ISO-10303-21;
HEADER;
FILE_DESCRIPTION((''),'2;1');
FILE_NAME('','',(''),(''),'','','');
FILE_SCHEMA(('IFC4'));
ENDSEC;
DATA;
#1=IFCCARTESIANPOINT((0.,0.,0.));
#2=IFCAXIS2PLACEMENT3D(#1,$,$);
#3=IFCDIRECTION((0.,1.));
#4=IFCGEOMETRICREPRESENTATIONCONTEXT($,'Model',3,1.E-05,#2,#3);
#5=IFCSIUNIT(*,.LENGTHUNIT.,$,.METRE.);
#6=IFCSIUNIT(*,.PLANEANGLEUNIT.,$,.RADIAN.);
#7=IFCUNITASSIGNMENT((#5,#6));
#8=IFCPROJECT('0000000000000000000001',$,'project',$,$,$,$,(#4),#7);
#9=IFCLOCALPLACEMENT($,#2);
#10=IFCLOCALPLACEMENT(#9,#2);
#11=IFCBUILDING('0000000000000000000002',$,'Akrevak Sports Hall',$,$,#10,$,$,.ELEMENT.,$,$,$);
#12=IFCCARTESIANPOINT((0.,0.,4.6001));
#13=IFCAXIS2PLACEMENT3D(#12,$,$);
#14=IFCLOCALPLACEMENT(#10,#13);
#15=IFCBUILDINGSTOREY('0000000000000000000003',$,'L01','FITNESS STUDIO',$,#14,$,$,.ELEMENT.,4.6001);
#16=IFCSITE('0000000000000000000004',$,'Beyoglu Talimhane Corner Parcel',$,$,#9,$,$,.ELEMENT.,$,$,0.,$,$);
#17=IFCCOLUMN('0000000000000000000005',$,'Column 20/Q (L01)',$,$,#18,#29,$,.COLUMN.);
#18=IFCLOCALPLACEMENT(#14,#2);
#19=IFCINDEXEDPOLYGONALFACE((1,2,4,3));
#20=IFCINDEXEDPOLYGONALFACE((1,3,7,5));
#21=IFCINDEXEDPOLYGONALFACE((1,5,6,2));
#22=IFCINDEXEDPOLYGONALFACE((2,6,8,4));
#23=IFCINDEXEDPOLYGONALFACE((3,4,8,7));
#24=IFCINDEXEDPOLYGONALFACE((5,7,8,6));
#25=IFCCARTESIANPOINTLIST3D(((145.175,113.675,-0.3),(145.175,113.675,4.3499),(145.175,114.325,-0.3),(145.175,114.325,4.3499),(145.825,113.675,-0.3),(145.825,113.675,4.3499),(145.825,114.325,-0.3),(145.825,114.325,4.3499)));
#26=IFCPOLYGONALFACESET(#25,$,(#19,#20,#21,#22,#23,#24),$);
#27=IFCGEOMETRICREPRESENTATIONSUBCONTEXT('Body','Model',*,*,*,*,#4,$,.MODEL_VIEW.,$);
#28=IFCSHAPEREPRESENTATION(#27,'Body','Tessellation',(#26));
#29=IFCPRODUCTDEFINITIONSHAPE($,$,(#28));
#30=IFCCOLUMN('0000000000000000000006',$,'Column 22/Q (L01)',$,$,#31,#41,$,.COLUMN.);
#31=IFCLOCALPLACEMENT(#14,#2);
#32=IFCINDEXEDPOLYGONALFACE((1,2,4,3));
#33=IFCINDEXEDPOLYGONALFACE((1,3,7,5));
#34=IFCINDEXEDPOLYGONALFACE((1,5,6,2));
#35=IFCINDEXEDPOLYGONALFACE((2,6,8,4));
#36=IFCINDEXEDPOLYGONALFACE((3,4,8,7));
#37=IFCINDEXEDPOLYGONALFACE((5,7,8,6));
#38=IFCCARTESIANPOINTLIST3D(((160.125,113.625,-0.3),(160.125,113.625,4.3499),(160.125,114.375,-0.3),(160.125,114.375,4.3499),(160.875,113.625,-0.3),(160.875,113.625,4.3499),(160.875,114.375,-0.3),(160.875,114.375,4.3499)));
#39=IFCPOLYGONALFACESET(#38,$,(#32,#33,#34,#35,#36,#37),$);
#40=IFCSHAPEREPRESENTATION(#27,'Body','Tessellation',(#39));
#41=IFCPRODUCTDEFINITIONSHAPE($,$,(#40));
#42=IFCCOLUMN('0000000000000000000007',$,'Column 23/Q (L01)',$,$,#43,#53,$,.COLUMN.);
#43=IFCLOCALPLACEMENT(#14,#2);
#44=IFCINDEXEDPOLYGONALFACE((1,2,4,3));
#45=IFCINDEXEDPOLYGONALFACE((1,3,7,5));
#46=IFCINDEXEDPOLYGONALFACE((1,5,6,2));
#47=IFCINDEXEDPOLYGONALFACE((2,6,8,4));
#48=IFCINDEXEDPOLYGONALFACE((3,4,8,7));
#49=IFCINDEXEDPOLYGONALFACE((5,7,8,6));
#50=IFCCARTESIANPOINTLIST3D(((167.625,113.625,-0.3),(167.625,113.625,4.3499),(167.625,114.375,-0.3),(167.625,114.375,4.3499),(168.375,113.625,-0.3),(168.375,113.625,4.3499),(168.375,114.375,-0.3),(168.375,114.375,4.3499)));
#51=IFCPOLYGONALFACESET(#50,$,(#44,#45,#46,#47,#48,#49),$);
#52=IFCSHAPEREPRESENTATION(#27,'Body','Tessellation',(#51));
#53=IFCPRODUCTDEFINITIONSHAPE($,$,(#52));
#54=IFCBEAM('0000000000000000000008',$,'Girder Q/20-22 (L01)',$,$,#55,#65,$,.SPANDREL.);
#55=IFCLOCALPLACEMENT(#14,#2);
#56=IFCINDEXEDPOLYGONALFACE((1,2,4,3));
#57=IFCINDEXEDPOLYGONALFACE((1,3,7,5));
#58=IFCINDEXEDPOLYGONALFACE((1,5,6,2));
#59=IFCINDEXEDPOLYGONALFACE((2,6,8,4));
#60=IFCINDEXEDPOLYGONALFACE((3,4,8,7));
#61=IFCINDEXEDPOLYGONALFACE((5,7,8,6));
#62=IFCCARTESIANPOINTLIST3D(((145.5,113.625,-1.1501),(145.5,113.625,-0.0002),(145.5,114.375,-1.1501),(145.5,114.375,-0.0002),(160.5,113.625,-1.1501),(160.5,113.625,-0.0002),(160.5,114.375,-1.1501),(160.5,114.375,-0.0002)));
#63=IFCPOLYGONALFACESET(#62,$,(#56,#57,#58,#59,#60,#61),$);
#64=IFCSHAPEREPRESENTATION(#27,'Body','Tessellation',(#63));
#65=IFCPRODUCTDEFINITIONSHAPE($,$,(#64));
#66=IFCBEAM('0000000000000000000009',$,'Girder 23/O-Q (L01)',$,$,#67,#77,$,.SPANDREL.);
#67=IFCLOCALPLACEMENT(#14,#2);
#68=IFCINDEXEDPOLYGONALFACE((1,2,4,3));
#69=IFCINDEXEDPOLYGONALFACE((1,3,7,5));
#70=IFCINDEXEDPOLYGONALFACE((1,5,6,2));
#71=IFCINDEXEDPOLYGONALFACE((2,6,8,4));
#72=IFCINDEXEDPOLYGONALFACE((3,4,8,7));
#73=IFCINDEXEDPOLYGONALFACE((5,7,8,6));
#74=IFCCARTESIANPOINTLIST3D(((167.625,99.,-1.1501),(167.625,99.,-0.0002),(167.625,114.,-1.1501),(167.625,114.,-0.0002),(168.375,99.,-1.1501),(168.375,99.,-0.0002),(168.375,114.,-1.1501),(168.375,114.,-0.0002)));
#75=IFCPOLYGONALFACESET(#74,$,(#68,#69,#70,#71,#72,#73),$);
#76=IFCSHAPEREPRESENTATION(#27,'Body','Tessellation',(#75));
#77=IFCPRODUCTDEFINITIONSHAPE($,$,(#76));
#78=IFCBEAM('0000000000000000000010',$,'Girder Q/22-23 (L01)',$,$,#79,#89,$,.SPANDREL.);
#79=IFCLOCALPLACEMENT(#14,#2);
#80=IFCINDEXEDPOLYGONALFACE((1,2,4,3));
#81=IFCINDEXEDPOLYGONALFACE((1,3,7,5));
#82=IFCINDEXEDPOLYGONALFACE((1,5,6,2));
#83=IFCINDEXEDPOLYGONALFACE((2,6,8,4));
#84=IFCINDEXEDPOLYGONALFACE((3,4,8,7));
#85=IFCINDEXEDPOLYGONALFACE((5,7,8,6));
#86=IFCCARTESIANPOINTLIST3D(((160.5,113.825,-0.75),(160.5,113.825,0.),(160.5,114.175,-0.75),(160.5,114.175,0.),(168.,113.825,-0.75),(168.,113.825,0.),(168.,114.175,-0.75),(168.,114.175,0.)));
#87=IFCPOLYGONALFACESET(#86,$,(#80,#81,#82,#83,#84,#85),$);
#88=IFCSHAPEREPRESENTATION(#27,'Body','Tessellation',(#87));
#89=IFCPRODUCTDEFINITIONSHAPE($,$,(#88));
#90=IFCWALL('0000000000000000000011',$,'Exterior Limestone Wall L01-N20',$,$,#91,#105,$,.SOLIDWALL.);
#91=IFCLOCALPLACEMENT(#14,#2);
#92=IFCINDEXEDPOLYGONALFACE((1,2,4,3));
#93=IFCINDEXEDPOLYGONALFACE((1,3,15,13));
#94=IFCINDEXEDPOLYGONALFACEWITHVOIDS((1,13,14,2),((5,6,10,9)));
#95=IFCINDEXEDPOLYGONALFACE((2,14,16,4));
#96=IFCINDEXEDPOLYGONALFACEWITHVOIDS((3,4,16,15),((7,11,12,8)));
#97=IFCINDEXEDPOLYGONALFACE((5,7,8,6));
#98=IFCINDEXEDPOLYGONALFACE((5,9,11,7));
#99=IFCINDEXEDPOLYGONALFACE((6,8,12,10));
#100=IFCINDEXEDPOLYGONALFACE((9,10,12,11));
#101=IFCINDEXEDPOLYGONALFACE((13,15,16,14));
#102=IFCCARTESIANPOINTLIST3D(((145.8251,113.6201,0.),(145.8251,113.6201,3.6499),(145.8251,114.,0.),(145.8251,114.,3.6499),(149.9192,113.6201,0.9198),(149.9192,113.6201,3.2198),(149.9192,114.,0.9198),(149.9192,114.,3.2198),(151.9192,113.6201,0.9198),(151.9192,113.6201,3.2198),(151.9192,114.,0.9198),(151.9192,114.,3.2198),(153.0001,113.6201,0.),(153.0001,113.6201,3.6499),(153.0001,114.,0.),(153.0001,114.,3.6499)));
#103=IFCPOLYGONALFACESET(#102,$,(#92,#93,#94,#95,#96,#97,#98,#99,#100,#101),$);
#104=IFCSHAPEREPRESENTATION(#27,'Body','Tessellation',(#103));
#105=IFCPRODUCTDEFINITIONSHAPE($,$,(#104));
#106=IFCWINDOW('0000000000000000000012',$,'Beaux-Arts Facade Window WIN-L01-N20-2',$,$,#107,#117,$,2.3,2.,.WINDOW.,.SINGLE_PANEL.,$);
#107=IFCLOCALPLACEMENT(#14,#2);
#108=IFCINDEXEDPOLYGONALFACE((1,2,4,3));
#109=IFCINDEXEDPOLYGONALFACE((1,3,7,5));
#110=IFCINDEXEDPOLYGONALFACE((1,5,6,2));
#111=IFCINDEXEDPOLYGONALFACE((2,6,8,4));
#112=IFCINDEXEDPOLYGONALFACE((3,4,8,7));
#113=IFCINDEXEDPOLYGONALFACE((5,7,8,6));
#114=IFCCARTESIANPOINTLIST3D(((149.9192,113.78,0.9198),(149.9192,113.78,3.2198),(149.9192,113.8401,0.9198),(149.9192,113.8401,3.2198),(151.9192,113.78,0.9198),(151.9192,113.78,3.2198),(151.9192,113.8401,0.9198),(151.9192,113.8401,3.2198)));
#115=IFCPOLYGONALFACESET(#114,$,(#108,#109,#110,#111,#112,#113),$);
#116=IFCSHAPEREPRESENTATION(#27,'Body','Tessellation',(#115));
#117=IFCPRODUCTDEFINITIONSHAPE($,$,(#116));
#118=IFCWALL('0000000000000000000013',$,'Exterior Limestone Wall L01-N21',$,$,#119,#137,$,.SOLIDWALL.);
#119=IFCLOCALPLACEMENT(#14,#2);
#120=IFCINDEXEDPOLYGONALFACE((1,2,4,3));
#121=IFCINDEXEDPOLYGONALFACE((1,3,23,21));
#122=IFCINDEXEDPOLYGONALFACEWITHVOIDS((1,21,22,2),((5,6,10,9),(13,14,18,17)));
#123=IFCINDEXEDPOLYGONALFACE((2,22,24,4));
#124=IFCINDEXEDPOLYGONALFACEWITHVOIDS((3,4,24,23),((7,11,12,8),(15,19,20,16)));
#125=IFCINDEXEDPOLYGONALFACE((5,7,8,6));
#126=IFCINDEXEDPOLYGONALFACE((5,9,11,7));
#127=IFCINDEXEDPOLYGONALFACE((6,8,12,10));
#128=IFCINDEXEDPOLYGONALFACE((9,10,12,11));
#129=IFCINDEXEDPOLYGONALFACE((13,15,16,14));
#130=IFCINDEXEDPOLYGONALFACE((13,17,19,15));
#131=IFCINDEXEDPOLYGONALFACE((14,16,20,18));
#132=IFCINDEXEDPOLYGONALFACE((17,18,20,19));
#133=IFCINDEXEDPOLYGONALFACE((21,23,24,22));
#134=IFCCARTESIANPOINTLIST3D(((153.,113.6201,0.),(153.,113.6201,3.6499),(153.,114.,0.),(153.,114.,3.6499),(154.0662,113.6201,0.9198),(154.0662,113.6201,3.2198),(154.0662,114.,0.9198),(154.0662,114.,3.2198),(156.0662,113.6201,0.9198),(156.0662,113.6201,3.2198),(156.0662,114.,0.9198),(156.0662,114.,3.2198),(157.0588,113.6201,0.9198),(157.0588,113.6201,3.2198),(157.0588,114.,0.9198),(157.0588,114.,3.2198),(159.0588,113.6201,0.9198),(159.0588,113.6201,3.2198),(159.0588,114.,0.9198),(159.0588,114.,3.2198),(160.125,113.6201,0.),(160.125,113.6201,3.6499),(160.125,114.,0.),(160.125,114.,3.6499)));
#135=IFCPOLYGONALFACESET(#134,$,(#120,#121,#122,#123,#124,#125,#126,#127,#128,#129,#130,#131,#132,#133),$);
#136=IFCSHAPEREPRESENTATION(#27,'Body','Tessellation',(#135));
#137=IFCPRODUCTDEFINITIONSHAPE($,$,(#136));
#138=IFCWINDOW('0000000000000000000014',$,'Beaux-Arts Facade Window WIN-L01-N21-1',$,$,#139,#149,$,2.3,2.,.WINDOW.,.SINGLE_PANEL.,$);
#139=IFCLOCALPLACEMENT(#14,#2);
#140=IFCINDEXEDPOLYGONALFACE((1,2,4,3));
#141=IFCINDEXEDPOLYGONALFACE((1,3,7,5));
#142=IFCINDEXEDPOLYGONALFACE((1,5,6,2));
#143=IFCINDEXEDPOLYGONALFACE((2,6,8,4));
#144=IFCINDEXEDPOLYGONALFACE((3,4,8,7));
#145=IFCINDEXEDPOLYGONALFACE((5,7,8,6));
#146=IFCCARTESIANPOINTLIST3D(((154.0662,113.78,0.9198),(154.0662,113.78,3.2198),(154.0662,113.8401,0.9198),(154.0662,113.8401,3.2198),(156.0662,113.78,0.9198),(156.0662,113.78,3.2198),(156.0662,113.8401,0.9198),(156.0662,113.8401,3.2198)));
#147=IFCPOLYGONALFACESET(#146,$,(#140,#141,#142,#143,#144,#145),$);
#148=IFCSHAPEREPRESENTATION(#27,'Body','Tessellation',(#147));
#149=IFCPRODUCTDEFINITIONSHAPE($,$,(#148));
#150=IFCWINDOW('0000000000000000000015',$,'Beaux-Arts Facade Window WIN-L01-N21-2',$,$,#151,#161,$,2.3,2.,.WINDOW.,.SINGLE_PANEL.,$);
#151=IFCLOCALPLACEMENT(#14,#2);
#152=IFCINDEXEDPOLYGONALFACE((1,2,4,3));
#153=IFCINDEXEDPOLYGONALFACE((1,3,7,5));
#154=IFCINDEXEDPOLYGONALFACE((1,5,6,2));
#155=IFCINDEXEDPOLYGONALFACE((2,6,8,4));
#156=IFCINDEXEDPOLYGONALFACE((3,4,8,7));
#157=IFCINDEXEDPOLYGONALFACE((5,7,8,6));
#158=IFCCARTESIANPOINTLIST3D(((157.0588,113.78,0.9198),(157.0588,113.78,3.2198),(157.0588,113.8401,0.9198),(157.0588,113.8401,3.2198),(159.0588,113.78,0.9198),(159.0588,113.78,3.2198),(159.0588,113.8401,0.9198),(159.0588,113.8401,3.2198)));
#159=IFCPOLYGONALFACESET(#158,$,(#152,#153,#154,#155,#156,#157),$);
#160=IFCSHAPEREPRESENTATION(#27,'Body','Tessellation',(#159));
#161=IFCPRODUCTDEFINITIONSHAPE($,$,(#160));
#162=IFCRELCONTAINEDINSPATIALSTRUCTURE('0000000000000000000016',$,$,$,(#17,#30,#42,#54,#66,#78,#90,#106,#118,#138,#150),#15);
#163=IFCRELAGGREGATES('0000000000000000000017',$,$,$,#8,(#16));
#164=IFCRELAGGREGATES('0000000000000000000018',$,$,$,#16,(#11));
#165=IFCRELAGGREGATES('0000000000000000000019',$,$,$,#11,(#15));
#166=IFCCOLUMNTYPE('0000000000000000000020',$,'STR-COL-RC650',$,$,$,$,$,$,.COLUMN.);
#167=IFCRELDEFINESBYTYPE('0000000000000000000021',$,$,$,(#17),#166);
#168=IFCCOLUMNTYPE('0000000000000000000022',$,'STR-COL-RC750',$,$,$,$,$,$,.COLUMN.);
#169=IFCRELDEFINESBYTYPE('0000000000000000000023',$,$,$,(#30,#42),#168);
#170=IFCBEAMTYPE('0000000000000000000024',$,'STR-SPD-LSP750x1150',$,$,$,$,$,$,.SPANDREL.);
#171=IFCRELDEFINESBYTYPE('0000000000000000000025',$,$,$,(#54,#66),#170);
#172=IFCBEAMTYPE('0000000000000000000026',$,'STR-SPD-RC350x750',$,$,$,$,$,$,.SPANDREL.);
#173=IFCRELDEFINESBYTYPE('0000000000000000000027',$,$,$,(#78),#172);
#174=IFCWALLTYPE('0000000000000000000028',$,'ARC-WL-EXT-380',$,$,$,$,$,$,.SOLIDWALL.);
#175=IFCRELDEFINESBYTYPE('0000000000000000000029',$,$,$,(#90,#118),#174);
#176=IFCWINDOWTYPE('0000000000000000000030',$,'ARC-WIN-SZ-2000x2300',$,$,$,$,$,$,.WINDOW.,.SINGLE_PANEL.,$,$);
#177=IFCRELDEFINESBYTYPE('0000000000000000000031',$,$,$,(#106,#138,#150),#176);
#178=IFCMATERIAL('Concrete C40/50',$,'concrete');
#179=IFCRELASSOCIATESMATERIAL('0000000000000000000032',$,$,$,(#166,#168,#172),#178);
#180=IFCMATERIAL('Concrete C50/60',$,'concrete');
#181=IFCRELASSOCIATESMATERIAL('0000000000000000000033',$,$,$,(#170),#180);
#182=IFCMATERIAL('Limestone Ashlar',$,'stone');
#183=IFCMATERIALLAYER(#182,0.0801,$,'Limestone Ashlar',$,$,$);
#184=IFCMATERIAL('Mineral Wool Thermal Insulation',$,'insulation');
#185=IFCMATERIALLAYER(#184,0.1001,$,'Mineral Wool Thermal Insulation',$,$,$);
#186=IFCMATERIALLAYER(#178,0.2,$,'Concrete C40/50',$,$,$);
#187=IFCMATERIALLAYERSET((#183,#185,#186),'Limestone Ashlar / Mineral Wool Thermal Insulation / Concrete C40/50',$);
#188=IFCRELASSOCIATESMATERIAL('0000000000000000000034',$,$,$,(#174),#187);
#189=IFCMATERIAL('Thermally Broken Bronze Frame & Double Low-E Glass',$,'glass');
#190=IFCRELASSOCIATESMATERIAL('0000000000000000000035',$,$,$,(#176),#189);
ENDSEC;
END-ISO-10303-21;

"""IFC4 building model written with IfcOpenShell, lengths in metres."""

from ifc_helpers import new_model, si_unit, direction, frame, frame_2d, origin, origin_2d, place, context, subcontext, project, spatial, rectangle, extrude, material, layer, layer_set, material_profile, profile_set, type_object, element, fill, save


model = new_model("IFC4")

# Units and contexts
model_context = context("Model", 3, precision=1e-05, world=origin(), true_north=direction((0.0, 1.0)))
body_context = subcontext(model_context, "Body", "Model", "MODEL_VIEW")
ifc_project = project(units=[si_unit("LENGTHUNIT", "METRE"), si_unit("PLANEANGLEUNIT", "RADIAN")], contexts=[model_context])

# Site, building, storey
site_placement = place(None, origin())
site = spatial("IfcSite", under=ifc_project, at=site_placement, Name="Beyoglu Talimhane Corner Parcel", CompositionType="ELEMENT", RefElevation=0.0)
building_placement = place(site_placement, origin())
building = spatial("IfcBuilding", under=site, at=building_placement, Name="Akrevak Sports Hall", CompositionType="ELEMENT")
storey_placement = place(building_placement, frame((0.0, 0.0, 4.6001)))
storey = spatial("IfcBuildingStorey", under=building, at=storey_placement, Name="L01", Description="FITNESS STUDIO", CompositionType="ELEMENT", Elevation=4.6001)

# Columns
ifc_material_1 = material(Name="Concrete C40/50", Category="concrete")
ifc_material_profile_1 = material_profile(ifc_material_1, rectangle(XDim=0.6499, YDim=0.6499, at=origin_2d()), Name="RC 650x650", Category="concrete")
ifc_profile_set_1 = profile_set([ifc_material_profile_1], Name="Concrete C40/50")
column_type_1 = type_object("IfcColumnType", Name="STR-COL-RC650", PredefinedType="COLUMN", material=ifc_profile_set_1)
column_placement = place(storey_placement, frame((145.5, 114.0, -0.3), z_axis=(0.0, 0.0, 1.0), x_axis=(1.0, 0.0, 0.0)))
element("IfcColumn", 1, at=column_placement, inside=storey, type_object=column_type_1, Name="Column 20/Q (L01)", PredefinedType="COLUMN", context=body_context, shape_type="SweptSolid", body=[
    extrude(rectangle(XDim=0.6499, YDim=0.6499, at=origin_2d()), origin(), (0.0, 0.0, 1.0), 4.6499),
])
ifc_material_profile_2 = material_profile(ifc_material_1, rectangle(XDim=0.75, YDim=0.75, at=origin_2d()), Name="RC 750x750", Category="concrete")
ifc_profile_set_2 = profile_set([ifc_material_profile_2], Name="Concrete C40/50")
column_type_2 = type_object("IfcColumnType", Name="STR-COL-RC750", PredefinedType="COLUMN", material=ifc_profile_set_2)
for number, where, z_axis, x_axis, name in (
    (2, (160.5, 114.0, -0.3), (0.0, 0.0, 1.0), (1.0, 0.0, 0.0), "Column 22/Q (L01)"),
    (3, (168.0, 114.0, -0.3), (0.0, 0.0, 1.0), (1.0, 0.0, 0.0), "Column 23/Q (L01)"),
):
    element("IfcColumn", number, at=place(storey_placement, frame(where, z_axis=z_axis, x_axis=x_axis)), inside=storey, type_object=column_type_2, Name=name, PredefinedType="COLUMN", context=body_context, shape_type="SweptSolid", body=[
        extrude(rectangle(XDim=0.75, YDim=0.75, at=origin_2d()), origin(), (0.0, 0.0, 1.0), 4.6499),
    ])

# Beams
ifc_material_2 = material(Name="Concrete C50/60", Category="concrete")
ifc_material_profile_3 = material_profile(ifc_material_2, rectangle(XDim=0.75, YDim=1.1499, at=origin_2d()), Name="SPD 750x1150", Category="concrete")
ifc_profile_set_3 = profile_set([ifc_material_profile_3], Name="Concrete C50/60")
beam_type_1 = type_object("IfcBeamType", Name="STR-SPD-LSP750x1150", PredefinedType="SPANDREL", material=ifc_profile_set_3)
for number, where, z_axis, x_axis, name in (
    (4, (145.5, 114.0, -0.5752), (1.0, 0.0, 0.0), (0.0, 1.0, 0.0), "Girder Q/20-22 (L01)"),
    (5, (168.0, 99.0, -0.5752), (0.0, 1.0, 0.0), (-1.0, 0.0, 0.0), "Girder 23/O-Q (L01)"),
):
    element("IfcBeam", number, at=place(storey_placement, frame(where, z_axis=z_axis, x_axis=x_axis)), inside=storey, type_object=beam_type_1, Name=name, PredefinedType="SPANDREL", context=body_context, shape_type="SweptSolid", body=[
        extrude(rectangle(XDim=0.75, YDim=1.1499, at=origin_2d()), origin(), (0.0, 0.0, 1.0), 15.0),
    ])
ifc_material_profile_4 = material_profile(ifc_material_1, rectangle(XDim=0.3501, YDim=0.75, at=origin_2d()), Name="SPD 350x750", Category="concrete")
ifc_profile_set_4 = profile_set([ifc_material_profile_4], Name="Concrete C40/50")
beam_type_2 = type_object("IfcBeamType", Name="STR-SPD-RC350x750", PredefinedType="SPANDREL", material=ifc_profile_set_4)
beam_placement = place(storey_placement, frame((160.5, 114.0, -0.375), z_axis=(1.0, 0.0, 0.0), x_axis=(0.0, 1.0, 0.0)))
element("IfcBeam", 6, at=beam_placement, inside=storey, type_object=beam_type_2, Name="Girder Q/22-23 (L01)", PredefinedType="SPANDREL", context=body_context, shape_type="SweptSolid", body=[
    extrude(rectangle(XDim=0.3501, YDim=0.75, at=origin_2d()), origin(), (0.0, 0.0, 1.0), 7.5),
])

# Wall, opening, window
ifc_material_3 = material(Name="Limestone Ashlar", Category="stone")
ifc_layer_1 = layer(ifc_material_3, 0.0801, Name="Limestone Ashlar")
ifc_material_4 = material(Name="Mineral Wool Thermal Insulation", Category="insulation")
ifc_layer_2 = layer(ifc_material_4, 0.1001, Name="Mineral Wool Thermal Insulation")
ifc_layer_3 = layer(ifc_material_1, 0.2, Name="Concrete C40/50")
ifc_layer_set_1 = layer_set([ifc_layer_1, ifc_layer_2, ifc_layer_3], Name="Limestone Ashlar / Mineral Wool Thermal Insulation / Concrete C40/50")
wall_type_1 = type_object("IfcWallType", Name="ARC-WL-EXT-380", PredefinedType="SOLIDWALL", material=ifc_layer_set_1)
wall_1_placement = place(storey_placement, frame((153.0, 113.8101, 0.0), z_axis=(0.0, 0.0, 1.0), x_axis=(-1.0, 0.0, 0.0)))
wall_1 = element("IfcWall", 7, at=wall_1_placement, inside=storey, type_object=wall_type_1, Name="Exterior Limestone Wall L01-N20", PredefinedType="SOLIDWALL", context=body_context, shape_type="SweptSolid", body=[
    extrude(rectangle(XDim=7.175, YDim=0.3799, at=frame_2d((3.5874, 0.0))), origin(), (0.0, 0.0, 1.0), 3.6499),
])
opening_1_placement = place(wall_1_placement, frame((1.0808, 0.0, 0.9199)))
opening_1 = element("IfcOpeningElement", 8, at=opening_1_placement, cuts=wall_1, PredefinedType="OPENING", context=body_context, shape_type="SweptSolid", body=[
    extrude(rectangle(XDim=2.0, YDim=2.3, at=frame_2d((1.0, 1.1499))), frame((0.0, 0.2019, 0.0), z_axis=(0.0, -1.0, 0.0), x_axis=(1.0, 0.0, 0.0)), (0.0, 0.0, 1.0), 0.4038),
])
ifc_material_5 = material(Name="Thermally Broken Bronze Frame & Double Low-E Glass", Category="glass")
window_type_1 = type_object("IfcWindowType", Name="ARC-WIN-SZ-2000x2300", PartitioningType="SINGLE_PANEL", PredefinedType="WINDOW", material=ifc_material_5)
window_1_placement = place(opening_1_placement, origin())
window_1 = element("IfcWindow", 9, at=window_1_placement, inside=storey, type_object=window_type_1, Name="Beaux-Arts Facade Window WIN-L01-N20-2", OverallHeight=2.3, OverallWidth=2.0, PartitioningType="SINGLE_PANEL", PredefinedType="WINDOW", context=body_context, shape_type="SweptSolid", body=[
    extrude(rectangle(XDim=2.0, YDim=2.3, at=frame_2d((1.0, 1.1499))), frame((0.0, 0.03, 0.0), z_axis=(0.0, -1.0, 0.0), x_axis=(1.0, 0.0, 0.0)), (0.0, 0.0, 1.0), 0.0601),
])
fill(opening_1, window_1)

# Wall, openings, windows
wall_2_placement = place(storey_placement, frame((160.125, 113.8101, 0.0), z_axis=(0.0, 0.0, 1.0), x_axis=(-1.0, 0.0, 0.0)))
wall_2 = element("IfcWall", 10, at=wall_2_placement, inside=storey, type_object=wall_type_1, Name="Exterior Limestone Wall L01-N21", PredefinedType="SOLIDWALL", context=body_context, shape_type="SweptSolid", body=[
    extrude(rectangle(XDim=7.125, YDim=0.3799, at=frame_2d((3.5625, 0.0))), origin(), (0.0, 0.0, 1.0), 3.6499),
])
opening_2_placement = place(wall_2_placement, frame((4.0588, 0.0, 0.9199)))
opening_2 = element("IfcOpeningElement", 11, at=opening_2_placement, cuts=wall_2, PredefinedType="OPENING", context=body_context, shape_type="SweptSolid", body=[
    extrude(rectangle(XDim=2.0, YDim=2.3, at=frame_2d((1.0, 1.1499))), frame((0.0, 0.2019, 0.0), z_axis=(0.0, -1.0, 0.0), x_axis=(1.0, 0.0, 0.0)), (0.0, 0.0, 1.0), 0.4038),
])
opening_3_placement = place(wall_2_placement, frame((1.0662, 0.0, 0.9199)))
opening_3 = element("IfcOpeningElement", 12, at=opening_3_placement, cuts=wall_2, PredefinedType="OPENING", context=body_context, shape_type="SweptSolid", body=[
    extrude(rectangle(XDim=2.0, YDim=2.3, at=frame_2d((1.0, 1.1499))), frame((0.0, 0.2019, 0.0), z_axis=(0.0, -1.0, 0.0), x_axis=(1.0, 0.0, 0.0)), (0.0, 0.0, 1.0), 0.4038),
])
window_2_placement = place(opening_2_placement, origin())
window_2 = element("IfcWindow", 13, at=window_2_placement, inside=storey, type_object=window_type_1, Name="Beaux-Arts Facade Window WIN-L01-N21-1", OverallHeight=2.3, OverallWidth=2.0, PartitioningType="SINGLE_PANEL", PredefinedType="WINDOW", context=body_context, shape_type="SweptSolid", body=[
    extrude(rectangle(XDim=2.0, YDim=2.3, at=frame_2d((1.0, 1.1499))), frame((0.0, 0.03, 0.0), z_axis=(0.0, -1.0, 0.0), x_axis=(1.0, 0.0, 0.0)), (0.0, 0.0, 1.0), 0.0601),
])
fill(opening_2, window_2)
window_3_placement = place(opening_3_placement, origin())
window_3 = element("IfcWindow", 14, at=window_3_placement, inside=storey, type_object=window_type_1, Name="Beaux-Arts Facade Window WIN-L01-N21-2", OverallHeight=2.3, OverallWidth=2.0, PartitioningType="SINGLE_PANEL", PredefinedType="WINDOW", context=body_context, shape_type="SweptSolid", body=[
    extrude(rectangle(XDim=2.0, YDim=2.3, at=frame_2d((1.0, 1.1499))), frame((0.0, 0.03, 0.0), z_axis=(0.0, -1.0, 0.0), x_axis=(1.0, 0.0, 0.0)), (0.0, 0.0, 1.0), 0.0601),
])
fill(opening_3, window_3)

save(model, "model.ifc")
